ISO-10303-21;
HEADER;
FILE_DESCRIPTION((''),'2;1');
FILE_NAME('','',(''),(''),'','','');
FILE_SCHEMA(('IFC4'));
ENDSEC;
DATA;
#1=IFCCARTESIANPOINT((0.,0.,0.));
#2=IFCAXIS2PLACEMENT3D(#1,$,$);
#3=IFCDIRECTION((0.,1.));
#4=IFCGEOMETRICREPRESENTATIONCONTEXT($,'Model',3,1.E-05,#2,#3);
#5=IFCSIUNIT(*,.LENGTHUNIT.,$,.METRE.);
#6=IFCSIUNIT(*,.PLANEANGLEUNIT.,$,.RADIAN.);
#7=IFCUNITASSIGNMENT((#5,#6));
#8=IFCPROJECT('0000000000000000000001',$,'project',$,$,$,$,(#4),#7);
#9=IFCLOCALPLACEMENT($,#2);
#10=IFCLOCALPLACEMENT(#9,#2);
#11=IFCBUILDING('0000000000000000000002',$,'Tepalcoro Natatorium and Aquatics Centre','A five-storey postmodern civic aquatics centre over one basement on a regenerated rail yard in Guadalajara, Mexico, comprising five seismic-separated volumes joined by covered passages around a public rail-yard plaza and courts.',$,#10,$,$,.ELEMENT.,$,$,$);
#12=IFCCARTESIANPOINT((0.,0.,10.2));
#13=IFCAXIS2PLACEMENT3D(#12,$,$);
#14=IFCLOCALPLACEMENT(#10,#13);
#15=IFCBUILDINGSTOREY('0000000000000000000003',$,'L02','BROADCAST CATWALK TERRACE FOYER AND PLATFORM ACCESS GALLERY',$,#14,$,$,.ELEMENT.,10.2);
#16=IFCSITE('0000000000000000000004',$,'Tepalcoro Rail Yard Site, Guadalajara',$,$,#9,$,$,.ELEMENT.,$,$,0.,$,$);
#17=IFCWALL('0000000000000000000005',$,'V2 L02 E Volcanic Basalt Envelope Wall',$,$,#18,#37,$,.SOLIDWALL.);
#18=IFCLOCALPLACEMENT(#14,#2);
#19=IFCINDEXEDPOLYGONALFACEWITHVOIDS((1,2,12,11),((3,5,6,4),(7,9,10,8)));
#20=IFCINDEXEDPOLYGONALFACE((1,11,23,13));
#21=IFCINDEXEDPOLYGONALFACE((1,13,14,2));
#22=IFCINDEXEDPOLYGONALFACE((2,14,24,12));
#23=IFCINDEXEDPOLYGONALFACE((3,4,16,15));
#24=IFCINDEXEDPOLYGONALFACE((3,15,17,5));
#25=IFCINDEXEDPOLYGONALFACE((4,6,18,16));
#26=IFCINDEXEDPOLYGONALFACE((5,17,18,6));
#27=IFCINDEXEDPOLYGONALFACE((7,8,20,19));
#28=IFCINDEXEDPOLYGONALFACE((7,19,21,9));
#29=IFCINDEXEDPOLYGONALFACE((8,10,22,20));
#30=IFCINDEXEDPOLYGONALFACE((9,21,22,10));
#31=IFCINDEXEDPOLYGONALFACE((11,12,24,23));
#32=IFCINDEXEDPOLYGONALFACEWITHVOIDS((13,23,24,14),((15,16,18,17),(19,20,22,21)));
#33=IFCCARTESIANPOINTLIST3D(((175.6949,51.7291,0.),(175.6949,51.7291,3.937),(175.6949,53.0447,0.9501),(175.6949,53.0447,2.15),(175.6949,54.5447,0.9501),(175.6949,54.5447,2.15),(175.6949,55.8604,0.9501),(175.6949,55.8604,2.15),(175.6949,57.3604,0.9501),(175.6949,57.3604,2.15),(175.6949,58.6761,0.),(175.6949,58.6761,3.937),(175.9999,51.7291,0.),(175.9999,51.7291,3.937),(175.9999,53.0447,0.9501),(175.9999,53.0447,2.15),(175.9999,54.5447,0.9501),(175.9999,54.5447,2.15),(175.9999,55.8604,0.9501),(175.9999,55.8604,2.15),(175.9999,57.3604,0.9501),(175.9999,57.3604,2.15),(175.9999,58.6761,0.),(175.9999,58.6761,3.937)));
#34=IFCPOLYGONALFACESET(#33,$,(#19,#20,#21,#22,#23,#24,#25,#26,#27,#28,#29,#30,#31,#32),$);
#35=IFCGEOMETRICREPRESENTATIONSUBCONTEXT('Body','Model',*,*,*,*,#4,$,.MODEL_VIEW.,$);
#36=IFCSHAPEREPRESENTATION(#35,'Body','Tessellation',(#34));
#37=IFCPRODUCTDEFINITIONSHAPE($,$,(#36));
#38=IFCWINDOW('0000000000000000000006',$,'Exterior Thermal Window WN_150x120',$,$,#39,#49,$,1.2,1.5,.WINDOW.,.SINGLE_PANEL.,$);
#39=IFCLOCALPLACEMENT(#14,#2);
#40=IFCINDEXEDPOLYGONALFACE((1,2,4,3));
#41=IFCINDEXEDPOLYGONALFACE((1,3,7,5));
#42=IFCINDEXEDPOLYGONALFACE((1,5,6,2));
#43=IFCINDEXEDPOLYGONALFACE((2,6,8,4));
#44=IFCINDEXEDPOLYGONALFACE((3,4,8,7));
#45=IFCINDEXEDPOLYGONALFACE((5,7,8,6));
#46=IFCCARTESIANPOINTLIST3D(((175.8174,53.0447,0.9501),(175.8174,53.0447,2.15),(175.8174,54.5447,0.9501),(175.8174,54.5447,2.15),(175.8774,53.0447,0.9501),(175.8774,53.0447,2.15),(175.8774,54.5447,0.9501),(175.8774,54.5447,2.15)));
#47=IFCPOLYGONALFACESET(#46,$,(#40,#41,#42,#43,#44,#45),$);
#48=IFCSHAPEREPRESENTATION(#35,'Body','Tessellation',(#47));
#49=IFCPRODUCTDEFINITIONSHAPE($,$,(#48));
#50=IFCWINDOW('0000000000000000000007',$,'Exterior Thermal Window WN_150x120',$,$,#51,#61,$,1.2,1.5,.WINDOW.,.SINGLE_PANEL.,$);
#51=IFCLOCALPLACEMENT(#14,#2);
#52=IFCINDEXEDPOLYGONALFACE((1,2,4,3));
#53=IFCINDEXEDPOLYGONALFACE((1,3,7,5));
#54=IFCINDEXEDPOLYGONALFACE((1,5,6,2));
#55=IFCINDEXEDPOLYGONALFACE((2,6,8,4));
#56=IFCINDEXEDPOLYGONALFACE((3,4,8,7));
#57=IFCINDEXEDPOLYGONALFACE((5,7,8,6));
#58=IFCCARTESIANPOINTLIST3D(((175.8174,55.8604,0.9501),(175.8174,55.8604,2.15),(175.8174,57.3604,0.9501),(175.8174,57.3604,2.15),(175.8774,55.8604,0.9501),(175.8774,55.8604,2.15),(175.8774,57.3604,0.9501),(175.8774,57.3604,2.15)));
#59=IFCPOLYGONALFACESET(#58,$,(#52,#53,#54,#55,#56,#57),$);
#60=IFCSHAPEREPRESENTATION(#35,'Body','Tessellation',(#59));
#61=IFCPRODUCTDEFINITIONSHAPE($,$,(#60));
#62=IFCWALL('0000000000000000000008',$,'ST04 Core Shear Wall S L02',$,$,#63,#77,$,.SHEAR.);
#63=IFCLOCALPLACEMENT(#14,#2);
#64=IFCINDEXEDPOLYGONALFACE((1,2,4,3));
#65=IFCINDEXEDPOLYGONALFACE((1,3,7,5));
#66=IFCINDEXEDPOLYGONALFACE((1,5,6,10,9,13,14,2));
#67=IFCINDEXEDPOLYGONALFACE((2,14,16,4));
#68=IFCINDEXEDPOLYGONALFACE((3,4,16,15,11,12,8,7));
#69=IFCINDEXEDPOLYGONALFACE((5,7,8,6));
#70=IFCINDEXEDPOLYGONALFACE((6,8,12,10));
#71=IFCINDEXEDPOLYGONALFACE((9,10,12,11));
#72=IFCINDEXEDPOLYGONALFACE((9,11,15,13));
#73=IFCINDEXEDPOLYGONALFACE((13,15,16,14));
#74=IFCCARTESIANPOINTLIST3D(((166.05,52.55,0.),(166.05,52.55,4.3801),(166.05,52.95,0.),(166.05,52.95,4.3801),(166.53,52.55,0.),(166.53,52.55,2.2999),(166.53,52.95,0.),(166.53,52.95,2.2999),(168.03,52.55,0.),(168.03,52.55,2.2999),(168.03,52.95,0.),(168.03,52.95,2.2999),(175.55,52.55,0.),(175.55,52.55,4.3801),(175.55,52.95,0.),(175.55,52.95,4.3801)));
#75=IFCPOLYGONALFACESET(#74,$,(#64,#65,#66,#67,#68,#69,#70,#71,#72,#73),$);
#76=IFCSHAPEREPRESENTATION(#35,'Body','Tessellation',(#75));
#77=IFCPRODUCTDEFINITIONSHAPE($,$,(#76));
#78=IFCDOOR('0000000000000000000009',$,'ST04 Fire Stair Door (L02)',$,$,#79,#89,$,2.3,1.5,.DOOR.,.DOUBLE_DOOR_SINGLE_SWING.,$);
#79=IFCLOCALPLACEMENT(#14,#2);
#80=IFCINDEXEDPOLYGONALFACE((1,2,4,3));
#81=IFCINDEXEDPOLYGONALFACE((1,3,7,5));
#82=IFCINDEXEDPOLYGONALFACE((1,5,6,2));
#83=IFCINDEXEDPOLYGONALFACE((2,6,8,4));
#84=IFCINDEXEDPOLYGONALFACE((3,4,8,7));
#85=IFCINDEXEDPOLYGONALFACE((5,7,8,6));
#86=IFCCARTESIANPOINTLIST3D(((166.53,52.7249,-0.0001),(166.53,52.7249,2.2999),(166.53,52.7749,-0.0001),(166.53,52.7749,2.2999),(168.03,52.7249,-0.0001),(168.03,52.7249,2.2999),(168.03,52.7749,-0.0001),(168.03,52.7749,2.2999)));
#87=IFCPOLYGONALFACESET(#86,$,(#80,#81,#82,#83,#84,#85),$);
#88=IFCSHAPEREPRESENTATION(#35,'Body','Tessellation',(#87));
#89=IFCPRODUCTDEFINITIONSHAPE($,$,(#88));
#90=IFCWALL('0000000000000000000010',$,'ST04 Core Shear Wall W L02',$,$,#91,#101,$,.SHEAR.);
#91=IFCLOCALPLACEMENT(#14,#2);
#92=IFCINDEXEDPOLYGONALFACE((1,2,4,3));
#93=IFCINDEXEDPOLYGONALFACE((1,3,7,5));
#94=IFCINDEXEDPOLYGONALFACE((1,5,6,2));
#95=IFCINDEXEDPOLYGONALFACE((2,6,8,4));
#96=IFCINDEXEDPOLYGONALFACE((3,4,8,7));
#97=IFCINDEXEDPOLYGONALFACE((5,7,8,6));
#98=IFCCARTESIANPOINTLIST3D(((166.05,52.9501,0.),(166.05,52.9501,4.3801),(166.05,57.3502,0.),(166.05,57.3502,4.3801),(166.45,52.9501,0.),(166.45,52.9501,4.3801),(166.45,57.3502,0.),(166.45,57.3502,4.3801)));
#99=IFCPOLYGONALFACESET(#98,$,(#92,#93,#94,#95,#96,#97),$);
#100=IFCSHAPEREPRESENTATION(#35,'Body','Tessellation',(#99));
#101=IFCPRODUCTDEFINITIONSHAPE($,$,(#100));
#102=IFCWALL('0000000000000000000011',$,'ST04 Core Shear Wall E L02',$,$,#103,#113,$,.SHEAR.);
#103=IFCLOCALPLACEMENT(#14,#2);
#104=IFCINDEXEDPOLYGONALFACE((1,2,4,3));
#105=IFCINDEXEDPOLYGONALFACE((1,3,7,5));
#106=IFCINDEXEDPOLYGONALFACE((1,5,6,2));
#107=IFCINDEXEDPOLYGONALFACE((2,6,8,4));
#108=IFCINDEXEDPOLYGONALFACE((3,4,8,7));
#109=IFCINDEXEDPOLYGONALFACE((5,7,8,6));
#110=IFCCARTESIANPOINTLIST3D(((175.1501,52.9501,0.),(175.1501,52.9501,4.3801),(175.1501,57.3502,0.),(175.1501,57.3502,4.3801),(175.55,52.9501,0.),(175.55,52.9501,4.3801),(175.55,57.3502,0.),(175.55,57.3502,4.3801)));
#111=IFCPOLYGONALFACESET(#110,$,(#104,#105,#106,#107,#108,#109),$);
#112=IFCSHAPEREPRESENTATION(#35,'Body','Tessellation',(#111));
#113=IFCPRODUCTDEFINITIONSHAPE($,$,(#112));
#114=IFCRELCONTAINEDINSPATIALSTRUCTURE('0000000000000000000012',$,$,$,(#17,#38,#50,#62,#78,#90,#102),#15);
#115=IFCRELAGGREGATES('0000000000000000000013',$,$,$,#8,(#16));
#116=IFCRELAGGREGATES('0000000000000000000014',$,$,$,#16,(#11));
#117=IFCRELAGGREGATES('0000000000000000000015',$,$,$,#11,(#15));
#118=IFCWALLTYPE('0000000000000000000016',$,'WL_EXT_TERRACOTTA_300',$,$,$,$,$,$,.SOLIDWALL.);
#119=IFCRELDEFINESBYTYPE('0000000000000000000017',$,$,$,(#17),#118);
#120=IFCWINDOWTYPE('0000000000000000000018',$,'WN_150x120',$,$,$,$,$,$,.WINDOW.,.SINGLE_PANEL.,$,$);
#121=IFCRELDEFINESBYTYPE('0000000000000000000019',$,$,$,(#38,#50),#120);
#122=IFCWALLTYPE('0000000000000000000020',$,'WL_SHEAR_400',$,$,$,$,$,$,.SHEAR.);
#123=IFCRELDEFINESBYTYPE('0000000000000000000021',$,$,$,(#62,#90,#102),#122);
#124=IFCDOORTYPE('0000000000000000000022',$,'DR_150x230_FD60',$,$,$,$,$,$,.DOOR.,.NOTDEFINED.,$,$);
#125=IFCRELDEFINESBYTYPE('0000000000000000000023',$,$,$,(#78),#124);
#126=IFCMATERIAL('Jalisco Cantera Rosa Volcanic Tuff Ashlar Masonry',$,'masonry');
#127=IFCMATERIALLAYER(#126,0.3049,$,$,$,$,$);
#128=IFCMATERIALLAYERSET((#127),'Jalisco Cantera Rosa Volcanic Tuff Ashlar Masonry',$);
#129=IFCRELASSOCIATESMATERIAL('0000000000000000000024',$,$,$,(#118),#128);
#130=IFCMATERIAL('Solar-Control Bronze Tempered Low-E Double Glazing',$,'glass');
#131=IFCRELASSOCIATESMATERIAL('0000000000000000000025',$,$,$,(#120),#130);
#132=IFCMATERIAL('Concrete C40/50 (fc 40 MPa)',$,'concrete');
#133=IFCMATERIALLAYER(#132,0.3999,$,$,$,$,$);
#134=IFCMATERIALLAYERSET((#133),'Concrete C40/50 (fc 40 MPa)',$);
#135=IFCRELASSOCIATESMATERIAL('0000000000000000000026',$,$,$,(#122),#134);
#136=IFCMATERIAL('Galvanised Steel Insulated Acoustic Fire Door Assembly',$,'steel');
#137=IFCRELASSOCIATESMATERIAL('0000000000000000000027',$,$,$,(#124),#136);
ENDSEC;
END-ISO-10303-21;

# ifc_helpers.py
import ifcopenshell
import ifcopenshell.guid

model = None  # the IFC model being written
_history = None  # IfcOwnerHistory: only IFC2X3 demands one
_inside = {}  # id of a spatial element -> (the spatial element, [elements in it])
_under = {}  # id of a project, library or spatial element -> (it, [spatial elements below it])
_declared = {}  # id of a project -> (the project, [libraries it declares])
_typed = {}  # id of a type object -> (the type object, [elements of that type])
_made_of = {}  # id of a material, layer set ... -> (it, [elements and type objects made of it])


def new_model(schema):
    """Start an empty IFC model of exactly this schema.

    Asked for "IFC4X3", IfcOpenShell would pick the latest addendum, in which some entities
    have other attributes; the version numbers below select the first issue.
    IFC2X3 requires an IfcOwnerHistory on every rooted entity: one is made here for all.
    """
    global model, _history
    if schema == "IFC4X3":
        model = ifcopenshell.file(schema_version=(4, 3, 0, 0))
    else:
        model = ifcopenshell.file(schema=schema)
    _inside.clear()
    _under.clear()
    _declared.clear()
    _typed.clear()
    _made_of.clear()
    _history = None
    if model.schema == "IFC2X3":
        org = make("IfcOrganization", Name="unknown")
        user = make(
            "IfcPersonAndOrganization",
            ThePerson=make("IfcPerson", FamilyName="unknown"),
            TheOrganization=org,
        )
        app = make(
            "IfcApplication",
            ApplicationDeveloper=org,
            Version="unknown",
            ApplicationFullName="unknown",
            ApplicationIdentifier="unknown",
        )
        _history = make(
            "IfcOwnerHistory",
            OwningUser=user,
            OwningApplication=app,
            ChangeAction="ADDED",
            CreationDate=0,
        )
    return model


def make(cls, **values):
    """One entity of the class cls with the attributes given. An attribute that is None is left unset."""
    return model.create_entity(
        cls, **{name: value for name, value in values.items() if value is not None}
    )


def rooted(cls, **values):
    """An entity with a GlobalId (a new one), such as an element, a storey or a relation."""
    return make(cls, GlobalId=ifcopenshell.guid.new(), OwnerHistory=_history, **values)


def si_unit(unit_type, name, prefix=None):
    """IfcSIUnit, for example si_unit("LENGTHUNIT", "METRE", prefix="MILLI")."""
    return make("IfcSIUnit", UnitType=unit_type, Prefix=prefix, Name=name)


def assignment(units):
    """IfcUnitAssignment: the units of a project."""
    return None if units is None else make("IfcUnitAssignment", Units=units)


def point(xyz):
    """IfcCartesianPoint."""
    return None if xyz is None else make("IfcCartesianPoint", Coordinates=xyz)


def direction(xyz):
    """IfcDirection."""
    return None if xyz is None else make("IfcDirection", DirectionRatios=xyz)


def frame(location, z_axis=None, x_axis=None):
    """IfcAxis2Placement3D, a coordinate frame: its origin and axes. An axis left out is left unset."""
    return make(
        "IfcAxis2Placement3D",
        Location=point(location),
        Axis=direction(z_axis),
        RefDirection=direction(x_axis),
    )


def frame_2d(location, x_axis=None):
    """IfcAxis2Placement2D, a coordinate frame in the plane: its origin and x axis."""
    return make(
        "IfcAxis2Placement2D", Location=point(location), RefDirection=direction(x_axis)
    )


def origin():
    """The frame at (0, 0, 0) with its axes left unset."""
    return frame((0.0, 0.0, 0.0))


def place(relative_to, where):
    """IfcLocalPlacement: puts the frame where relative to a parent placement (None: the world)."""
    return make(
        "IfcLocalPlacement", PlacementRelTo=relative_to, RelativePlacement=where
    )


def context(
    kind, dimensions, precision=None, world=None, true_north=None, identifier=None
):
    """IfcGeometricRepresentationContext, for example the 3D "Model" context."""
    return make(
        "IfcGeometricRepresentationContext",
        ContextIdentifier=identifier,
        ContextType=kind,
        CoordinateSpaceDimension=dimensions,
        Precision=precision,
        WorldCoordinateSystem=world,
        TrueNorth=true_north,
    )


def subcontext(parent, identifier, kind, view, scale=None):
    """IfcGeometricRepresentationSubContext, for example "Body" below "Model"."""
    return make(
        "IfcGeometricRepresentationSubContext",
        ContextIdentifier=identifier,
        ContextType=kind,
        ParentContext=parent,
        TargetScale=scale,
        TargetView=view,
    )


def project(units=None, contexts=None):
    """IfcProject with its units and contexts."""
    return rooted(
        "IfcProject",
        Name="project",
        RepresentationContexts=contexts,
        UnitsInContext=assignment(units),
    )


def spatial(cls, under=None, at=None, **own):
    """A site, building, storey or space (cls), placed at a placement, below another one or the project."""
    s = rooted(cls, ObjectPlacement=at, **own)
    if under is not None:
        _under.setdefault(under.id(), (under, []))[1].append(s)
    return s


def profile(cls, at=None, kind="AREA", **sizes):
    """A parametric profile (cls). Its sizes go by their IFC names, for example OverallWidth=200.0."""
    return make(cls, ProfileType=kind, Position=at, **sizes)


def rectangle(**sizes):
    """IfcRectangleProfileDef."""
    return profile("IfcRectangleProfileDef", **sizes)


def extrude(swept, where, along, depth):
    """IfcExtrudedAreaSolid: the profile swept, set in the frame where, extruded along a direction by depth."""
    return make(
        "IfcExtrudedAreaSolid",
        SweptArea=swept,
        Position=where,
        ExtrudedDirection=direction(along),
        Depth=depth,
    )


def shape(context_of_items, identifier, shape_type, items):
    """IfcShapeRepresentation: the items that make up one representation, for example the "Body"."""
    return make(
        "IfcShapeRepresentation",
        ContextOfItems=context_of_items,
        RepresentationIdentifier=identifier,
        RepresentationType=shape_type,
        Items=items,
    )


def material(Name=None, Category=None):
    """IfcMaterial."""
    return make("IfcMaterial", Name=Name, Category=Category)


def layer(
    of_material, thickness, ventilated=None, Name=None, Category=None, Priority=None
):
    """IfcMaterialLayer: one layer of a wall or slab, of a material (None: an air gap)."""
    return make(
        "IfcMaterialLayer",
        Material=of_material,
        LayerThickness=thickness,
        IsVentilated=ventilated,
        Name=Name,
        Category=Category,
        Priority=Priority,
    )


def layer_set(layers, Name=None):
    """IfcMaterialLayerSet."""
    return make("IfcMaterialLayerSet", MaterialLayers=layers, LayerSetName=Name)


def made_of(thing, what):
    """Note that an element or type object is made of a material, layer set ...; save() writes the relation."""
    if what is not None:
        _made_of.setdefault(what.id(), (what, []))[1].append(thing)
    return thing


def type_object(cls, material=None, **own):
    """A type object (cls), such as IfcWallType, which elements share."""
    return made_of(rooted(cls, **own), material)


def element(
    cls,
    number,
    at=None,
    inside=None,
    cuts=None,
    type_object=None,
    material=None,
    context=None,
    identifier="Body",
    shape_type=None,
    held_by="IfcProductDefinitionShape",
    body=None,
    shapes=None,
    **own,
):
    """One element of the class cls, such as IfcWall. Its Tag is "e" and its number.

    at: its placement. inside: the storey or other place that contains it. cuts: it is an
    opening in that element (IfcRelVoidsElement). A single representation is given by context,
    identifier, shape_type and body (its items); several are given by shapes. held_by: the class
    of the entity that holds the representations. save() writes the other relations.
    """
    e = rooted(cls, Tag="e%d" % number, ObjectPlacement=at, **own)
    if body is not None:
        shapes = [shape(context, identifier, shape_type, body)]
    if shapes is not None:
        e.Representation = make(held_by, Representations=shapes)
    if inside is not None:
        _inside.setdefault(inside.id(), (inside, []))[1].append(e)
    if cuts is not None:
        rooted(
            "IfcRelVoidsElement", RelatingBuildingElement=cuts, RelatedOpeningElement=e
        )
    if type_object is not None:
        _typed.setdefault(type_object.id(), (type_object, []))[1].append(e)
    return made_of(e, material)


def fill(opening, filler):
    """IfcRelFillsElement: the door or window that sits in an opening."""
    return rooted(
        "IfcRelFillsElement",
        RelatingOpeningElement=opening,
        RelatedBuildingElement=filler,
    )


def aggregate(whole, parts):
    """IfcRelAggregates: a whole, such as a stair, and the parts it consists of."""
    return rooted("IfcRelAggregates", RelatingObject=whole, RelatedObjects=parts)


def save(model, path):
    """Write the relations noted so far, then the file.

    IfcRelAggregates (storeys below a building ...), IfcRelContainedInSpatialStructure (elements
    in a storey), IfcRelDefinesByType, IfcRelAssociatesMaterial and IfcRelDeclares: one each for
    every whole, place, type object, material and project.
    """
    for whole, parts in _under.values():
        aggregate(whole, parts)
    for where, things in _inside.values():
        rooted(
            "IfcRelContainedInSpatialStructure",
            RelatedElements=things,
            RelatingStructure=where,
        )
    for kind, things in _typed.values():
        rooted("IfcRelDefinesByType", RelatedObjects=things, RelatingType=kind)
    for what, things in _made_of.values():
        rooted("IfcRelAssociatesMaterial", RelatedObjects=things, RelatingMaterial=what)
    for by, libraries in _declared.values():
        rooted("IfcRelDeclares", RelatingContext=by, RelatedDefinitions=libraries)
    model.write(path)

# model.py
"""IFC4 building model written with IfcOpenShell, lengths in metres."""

from ifc_helpers import new_model, si_unit, direction, frame, frame_2d, origin, place, context, subcontext, project, spatial, rectangle, extrude, material, layer, layer_set, type_object, element, fill, save


model = new_model("IFC4")

# Units and contexts
model_context = context("Model", 3, precision=1e-05, world=origin(), true_north=direction((0.0, 1.0)))
body_context = subcontext(model_context, "Body", "Model", "MODEL_VIEW")
ifc_project = project(units=[si_unit("LENGTHUNIT", "METRE"), si_unit("PLANEANGLEUNIT", "RADIAN")], contexts=[model_context])

# Site, building, storey
site_placement = place(None, origin())
site = spatial("IfcSite", under=ifc_project, at=site_placement, Name="Tepalcoro Rail Yard Site, Guadalajara", CompositionType="ELEMENT", RefElevation=0.0)
building_placement = place(site_placement, origin())
building = spatial("IfcBuilding", under=site, at=building_placement, Name="Tepalcoro Natatorium and Aquatics Centre", Description="A five-storey postmodern civic aquatics centre over one basement on a regenerated rail yard in Guadalajara, Mexico, comprising five seismic-separated volumes joined by covered passages around a public rail-yard plaza and courts.", CompositionType="ELEMENT")
storey_placement = place(building_placement, frame((0.0, 0.0, 10.2)))
storey = spatial("IfcBuildingStorey", under=building, at=storey_placement, Name="L02", Description="BROADCAST CATWALK TERRACE FOYER AND PLATFORM ACCESS GALLERY", CompositionType="ELEMENT", Elevation=10.2)

# Shared definitions
ifc_material_1 = material(Name="Concrete C40/50 (fc 40 MPa)", Category="concrete")

# Shared definitions
ifc_material_2 = material(Name="Solar-Control Bronze Tempered Low-E Double Glazing", Category="glass")

# Wall, openings, windows
ifc_material_3 = material(Name="Jalisco Cantera Rosa Volcanic Tuff Ashlar Masonry", Category="masonry")
ifc_layer_1 = layer(ifc_material_3, 0.3049)
ifc_layer_set_1 = layer_set([ifc_layer_1], Name="Jalisco Cantera Rosa Volcanic Tuff Ashlar Masonry")
wall_type_1 = type_object("IfcWallType", Name="WL_EXT_TERRACOTTA_300", PredefinedType="SOLIDWALL", material=ifc_layer_set_1)
wall_1_placement = place(storey_placement, frame((175.8474, 51.729, 0.0), z_axis=(0.0, 0.0, 1.0), x_axis=(0.0, 1.0, 0.0)))
wall_1 = element("IfcWall", 1, at=wall_1_placement, inside=storey, type_object=wall_type_1, Name="V2 L02 E Volcanic Basalt Envelope Wall", PredefinedType="SOLIDWALL", context=body_context, shape_type="SweptSolid", body=[
    extrude(rectangle(XDim=6.947, YDim=0.3049, at=frame_2d((3.4736, 0.0))), origin(), (0.0, 0.0, 1.0), 3.937),
])
opening_1_placement = place(wall_1_placement, frame((1.3157, 0.0, 0.95)))
opening_1 = element("IfcOpeningElement", 2, at=opening_1_placement, cuts=wall_1, PredefinedType="OPENING", context=body_context, shape_type="SweptSolid", body=[
    extrude(rectangle(XDim=1.5, YDim=1.2, at=frame_2d((0.75, 0.6001))), frame((0.0, 0.1646, 0.0), z_axis=(0.0, -1.0, 0.0), x_axis=(1.0, 0.0, 0.0)), (0.0, 0.0, 1.0), 0.3289),
])
opening_2_placement = place(wall_1_placement, frame((4.1313, 0.0, 0.95)))
opening_2 = element("IfcOpeningElement", 3, at=opening_2_placement, cuts=wall_1, PredefinedType="OPENING", context=body_context, shape_type="SweptSolid", body=[
    extrude(rectangle(XDim=1.5, YDim=1.2, at=frame_2d((0.75, 0.6001))), frame((0.0, 0.1646, 0.0), z_axis=(0.0, -1.0, 0.0), x_axis=(1.0, 0.0, 0.0)), (0.0, 0.0, 1.0), 0.3289),
])
window_type = type_object("IfcWindowType", Name="WN_150x120", PartitioningType="SINGLE_PANEL", PredefinedType="WINDOW", material=ifc_material_2)
window_1_placement = place(opening_1_placement, origin())
window_1 = element("IfcWindow", 4, at=window_1_placement, inside=storey, type_object=window_type, Name="Exterior Thermal Window WN_150x120", OverallHeight=1.2, OverallWidth=1.5, PartitioningType="SINGLE_PANEL", PredefinedType="WINDOW", context=body_context, shape_type="SweptSolid", body=[
    extrude(rectangle(XDim=1.5, YDim=1.2, at=frame_2d((0.75, 0.6001))), frame((0.0, 0.03, 0.0), z_axis=(0.0, -1.0, 0.0), x_axis=(1.0, 0.0, 0.0)), (0.0, 0.0, 1.0), 0.0601),
])
fill(opening_1, window_1)
window_2_placement = place(opening_2_placement, origin())
window_2 = element("IfcWindow", 5, at=window_2_placement, inside=storey, type_object=window_type, Name="Exterior Thermal Window WN_150x120", OverallHeight=1.2, OverallWidth=1.5, PartitioningType="SINGLE_PANEL", PredefinedType="WINDOW", context=body_context, shape_type="SweptSolid", body=[
    extrude(rectangle(XDim=1.5, YDim=1.2, at=frame_2d((0.75, 0.6001))), frame((0.0, 0.03, 0.0), z_axis=(0.0, -1.0, 0.0), x_axis=(1.0, 0.0, 0.0)), (0.0, 0.0, 1.0), 0.0601),
])
fill(opening_2, window_2)

# Wall, opening, door
ifc_layer_2 = layer(ifc_material_1, 0.3999)
ifc_layer_set_2 = layer_set([ifc_layer_2], Name="Concrete C40/50 (fc 40 MPa)")
wall_type_2 = type_object("IfcWallType", Name="WL_SHEAR_400", PredefinedType="SHEAR", material=ifc_layer_set_2)
wall_2_placement = place(storey_placement, frame((166.05, 52.75, 0.0), z_axis=(0.0, 0.0, 1.0), x_axis=(1.0, 0.0, 0.0)))
wall_2 = element("IfcWall", 6, at=wall_2_placement, inside=storey, type_object=wall_type_2, Name="ST04 Core Shear Wall S L02", PredefinedType="SHEAR", context=body_context, shape_type="SweptSolid", body=[
    extrude(rectangle(XDim=9.5, YDim=0.3999, at=frame_2d((4.75, 0.0))), origin(), (0.0, 0.0, 1.0), 4.3801),
])
opening_3_placement = place(wall_2_placement, frame((0.48, 0.0, 0.0)))
opening_3 = element("IfcOpeningElement", 7, at=opening_3_placement, cuts=wall_2, PredefinedType="OPENING", context=body_context, shape_type="SweptSolid", body=[
    extrude(rectangle(XDim=1.5, YDim=2.3, at=frame_2d((0.75, 1.1499))), frame((0.0, 0.2119, 0.0), z_axis=(0.0, -1.0, 0.0), x_axis=(1.0, 0.0, 0.0)), (0.0, 0.0, 1.0), 0.4238),
])
ifc_material_4 = material(Name="Galvanised Steel Insulated Acoustic Fire Door Assembly", Category="steel")
door_type = type_object("IfcDoorType", Name="DR_150x230_FD60", OperationType="NOTDEFINED", PredefinedType="DOOR", material=ifc_material_4)
door_placement = place(opening_3_placement, origin())
door = element("IfcDoor", 8, at=door_placement, inside=storey, type_object=door_type, Name="ST04 Fire Stair Door (L02)", OperationType="DOUBLE_DOOR_SINGLE_SWING", OverallHeight=2.3, OverallWidth=1.5, PredefinedType="DOOR", context=body_context, shape_type="SweptSolid", body=[
    extrude(rectangle(XDim=1.5, YDim=2.3, at=frame_2d((0.75, 1.1499))), frame((0.0, 0.0249, 0.0), z_axis=(0.0, -1.0, 0.0), x_axis=(1.0, 0.0, 0.0)), (0.0, 0.0, 1.0), 0.05),
])
fill(opening_3, door)

# Walls
for number, where, z_axis, x_axis, name in (
    (9, (166.25, 52.95, 0.0), (0.0, 0.0, 1.0), (0.0, 1.0, 0.0), "ST04 Core Shear Wall W L02"),
    (10, (175.3501, 52.95, 0.0), (0.0, 0.0, 1.0), (0.0, 1.0, 0.0), "ST04 Core Shear Wall E L02"),
):
    element("IfcWall", number, at=place(storey_placement, frame(where, z_axis=z_axis, x_axis=x_axis)), inside=storey, type_object=wall_type_2, Name=name, PredefinedType="SHEAR", context=body_context, shape_type="SweptSolid", body=[
        extrude(rectangle(XDim=4.4001, YDim=0.3999, at=frame_2d((2.2002, 0.0))), origin(), (0.0, 0.0, 1.0), 4.3801),
    ])

save(model, "model.ifc")
